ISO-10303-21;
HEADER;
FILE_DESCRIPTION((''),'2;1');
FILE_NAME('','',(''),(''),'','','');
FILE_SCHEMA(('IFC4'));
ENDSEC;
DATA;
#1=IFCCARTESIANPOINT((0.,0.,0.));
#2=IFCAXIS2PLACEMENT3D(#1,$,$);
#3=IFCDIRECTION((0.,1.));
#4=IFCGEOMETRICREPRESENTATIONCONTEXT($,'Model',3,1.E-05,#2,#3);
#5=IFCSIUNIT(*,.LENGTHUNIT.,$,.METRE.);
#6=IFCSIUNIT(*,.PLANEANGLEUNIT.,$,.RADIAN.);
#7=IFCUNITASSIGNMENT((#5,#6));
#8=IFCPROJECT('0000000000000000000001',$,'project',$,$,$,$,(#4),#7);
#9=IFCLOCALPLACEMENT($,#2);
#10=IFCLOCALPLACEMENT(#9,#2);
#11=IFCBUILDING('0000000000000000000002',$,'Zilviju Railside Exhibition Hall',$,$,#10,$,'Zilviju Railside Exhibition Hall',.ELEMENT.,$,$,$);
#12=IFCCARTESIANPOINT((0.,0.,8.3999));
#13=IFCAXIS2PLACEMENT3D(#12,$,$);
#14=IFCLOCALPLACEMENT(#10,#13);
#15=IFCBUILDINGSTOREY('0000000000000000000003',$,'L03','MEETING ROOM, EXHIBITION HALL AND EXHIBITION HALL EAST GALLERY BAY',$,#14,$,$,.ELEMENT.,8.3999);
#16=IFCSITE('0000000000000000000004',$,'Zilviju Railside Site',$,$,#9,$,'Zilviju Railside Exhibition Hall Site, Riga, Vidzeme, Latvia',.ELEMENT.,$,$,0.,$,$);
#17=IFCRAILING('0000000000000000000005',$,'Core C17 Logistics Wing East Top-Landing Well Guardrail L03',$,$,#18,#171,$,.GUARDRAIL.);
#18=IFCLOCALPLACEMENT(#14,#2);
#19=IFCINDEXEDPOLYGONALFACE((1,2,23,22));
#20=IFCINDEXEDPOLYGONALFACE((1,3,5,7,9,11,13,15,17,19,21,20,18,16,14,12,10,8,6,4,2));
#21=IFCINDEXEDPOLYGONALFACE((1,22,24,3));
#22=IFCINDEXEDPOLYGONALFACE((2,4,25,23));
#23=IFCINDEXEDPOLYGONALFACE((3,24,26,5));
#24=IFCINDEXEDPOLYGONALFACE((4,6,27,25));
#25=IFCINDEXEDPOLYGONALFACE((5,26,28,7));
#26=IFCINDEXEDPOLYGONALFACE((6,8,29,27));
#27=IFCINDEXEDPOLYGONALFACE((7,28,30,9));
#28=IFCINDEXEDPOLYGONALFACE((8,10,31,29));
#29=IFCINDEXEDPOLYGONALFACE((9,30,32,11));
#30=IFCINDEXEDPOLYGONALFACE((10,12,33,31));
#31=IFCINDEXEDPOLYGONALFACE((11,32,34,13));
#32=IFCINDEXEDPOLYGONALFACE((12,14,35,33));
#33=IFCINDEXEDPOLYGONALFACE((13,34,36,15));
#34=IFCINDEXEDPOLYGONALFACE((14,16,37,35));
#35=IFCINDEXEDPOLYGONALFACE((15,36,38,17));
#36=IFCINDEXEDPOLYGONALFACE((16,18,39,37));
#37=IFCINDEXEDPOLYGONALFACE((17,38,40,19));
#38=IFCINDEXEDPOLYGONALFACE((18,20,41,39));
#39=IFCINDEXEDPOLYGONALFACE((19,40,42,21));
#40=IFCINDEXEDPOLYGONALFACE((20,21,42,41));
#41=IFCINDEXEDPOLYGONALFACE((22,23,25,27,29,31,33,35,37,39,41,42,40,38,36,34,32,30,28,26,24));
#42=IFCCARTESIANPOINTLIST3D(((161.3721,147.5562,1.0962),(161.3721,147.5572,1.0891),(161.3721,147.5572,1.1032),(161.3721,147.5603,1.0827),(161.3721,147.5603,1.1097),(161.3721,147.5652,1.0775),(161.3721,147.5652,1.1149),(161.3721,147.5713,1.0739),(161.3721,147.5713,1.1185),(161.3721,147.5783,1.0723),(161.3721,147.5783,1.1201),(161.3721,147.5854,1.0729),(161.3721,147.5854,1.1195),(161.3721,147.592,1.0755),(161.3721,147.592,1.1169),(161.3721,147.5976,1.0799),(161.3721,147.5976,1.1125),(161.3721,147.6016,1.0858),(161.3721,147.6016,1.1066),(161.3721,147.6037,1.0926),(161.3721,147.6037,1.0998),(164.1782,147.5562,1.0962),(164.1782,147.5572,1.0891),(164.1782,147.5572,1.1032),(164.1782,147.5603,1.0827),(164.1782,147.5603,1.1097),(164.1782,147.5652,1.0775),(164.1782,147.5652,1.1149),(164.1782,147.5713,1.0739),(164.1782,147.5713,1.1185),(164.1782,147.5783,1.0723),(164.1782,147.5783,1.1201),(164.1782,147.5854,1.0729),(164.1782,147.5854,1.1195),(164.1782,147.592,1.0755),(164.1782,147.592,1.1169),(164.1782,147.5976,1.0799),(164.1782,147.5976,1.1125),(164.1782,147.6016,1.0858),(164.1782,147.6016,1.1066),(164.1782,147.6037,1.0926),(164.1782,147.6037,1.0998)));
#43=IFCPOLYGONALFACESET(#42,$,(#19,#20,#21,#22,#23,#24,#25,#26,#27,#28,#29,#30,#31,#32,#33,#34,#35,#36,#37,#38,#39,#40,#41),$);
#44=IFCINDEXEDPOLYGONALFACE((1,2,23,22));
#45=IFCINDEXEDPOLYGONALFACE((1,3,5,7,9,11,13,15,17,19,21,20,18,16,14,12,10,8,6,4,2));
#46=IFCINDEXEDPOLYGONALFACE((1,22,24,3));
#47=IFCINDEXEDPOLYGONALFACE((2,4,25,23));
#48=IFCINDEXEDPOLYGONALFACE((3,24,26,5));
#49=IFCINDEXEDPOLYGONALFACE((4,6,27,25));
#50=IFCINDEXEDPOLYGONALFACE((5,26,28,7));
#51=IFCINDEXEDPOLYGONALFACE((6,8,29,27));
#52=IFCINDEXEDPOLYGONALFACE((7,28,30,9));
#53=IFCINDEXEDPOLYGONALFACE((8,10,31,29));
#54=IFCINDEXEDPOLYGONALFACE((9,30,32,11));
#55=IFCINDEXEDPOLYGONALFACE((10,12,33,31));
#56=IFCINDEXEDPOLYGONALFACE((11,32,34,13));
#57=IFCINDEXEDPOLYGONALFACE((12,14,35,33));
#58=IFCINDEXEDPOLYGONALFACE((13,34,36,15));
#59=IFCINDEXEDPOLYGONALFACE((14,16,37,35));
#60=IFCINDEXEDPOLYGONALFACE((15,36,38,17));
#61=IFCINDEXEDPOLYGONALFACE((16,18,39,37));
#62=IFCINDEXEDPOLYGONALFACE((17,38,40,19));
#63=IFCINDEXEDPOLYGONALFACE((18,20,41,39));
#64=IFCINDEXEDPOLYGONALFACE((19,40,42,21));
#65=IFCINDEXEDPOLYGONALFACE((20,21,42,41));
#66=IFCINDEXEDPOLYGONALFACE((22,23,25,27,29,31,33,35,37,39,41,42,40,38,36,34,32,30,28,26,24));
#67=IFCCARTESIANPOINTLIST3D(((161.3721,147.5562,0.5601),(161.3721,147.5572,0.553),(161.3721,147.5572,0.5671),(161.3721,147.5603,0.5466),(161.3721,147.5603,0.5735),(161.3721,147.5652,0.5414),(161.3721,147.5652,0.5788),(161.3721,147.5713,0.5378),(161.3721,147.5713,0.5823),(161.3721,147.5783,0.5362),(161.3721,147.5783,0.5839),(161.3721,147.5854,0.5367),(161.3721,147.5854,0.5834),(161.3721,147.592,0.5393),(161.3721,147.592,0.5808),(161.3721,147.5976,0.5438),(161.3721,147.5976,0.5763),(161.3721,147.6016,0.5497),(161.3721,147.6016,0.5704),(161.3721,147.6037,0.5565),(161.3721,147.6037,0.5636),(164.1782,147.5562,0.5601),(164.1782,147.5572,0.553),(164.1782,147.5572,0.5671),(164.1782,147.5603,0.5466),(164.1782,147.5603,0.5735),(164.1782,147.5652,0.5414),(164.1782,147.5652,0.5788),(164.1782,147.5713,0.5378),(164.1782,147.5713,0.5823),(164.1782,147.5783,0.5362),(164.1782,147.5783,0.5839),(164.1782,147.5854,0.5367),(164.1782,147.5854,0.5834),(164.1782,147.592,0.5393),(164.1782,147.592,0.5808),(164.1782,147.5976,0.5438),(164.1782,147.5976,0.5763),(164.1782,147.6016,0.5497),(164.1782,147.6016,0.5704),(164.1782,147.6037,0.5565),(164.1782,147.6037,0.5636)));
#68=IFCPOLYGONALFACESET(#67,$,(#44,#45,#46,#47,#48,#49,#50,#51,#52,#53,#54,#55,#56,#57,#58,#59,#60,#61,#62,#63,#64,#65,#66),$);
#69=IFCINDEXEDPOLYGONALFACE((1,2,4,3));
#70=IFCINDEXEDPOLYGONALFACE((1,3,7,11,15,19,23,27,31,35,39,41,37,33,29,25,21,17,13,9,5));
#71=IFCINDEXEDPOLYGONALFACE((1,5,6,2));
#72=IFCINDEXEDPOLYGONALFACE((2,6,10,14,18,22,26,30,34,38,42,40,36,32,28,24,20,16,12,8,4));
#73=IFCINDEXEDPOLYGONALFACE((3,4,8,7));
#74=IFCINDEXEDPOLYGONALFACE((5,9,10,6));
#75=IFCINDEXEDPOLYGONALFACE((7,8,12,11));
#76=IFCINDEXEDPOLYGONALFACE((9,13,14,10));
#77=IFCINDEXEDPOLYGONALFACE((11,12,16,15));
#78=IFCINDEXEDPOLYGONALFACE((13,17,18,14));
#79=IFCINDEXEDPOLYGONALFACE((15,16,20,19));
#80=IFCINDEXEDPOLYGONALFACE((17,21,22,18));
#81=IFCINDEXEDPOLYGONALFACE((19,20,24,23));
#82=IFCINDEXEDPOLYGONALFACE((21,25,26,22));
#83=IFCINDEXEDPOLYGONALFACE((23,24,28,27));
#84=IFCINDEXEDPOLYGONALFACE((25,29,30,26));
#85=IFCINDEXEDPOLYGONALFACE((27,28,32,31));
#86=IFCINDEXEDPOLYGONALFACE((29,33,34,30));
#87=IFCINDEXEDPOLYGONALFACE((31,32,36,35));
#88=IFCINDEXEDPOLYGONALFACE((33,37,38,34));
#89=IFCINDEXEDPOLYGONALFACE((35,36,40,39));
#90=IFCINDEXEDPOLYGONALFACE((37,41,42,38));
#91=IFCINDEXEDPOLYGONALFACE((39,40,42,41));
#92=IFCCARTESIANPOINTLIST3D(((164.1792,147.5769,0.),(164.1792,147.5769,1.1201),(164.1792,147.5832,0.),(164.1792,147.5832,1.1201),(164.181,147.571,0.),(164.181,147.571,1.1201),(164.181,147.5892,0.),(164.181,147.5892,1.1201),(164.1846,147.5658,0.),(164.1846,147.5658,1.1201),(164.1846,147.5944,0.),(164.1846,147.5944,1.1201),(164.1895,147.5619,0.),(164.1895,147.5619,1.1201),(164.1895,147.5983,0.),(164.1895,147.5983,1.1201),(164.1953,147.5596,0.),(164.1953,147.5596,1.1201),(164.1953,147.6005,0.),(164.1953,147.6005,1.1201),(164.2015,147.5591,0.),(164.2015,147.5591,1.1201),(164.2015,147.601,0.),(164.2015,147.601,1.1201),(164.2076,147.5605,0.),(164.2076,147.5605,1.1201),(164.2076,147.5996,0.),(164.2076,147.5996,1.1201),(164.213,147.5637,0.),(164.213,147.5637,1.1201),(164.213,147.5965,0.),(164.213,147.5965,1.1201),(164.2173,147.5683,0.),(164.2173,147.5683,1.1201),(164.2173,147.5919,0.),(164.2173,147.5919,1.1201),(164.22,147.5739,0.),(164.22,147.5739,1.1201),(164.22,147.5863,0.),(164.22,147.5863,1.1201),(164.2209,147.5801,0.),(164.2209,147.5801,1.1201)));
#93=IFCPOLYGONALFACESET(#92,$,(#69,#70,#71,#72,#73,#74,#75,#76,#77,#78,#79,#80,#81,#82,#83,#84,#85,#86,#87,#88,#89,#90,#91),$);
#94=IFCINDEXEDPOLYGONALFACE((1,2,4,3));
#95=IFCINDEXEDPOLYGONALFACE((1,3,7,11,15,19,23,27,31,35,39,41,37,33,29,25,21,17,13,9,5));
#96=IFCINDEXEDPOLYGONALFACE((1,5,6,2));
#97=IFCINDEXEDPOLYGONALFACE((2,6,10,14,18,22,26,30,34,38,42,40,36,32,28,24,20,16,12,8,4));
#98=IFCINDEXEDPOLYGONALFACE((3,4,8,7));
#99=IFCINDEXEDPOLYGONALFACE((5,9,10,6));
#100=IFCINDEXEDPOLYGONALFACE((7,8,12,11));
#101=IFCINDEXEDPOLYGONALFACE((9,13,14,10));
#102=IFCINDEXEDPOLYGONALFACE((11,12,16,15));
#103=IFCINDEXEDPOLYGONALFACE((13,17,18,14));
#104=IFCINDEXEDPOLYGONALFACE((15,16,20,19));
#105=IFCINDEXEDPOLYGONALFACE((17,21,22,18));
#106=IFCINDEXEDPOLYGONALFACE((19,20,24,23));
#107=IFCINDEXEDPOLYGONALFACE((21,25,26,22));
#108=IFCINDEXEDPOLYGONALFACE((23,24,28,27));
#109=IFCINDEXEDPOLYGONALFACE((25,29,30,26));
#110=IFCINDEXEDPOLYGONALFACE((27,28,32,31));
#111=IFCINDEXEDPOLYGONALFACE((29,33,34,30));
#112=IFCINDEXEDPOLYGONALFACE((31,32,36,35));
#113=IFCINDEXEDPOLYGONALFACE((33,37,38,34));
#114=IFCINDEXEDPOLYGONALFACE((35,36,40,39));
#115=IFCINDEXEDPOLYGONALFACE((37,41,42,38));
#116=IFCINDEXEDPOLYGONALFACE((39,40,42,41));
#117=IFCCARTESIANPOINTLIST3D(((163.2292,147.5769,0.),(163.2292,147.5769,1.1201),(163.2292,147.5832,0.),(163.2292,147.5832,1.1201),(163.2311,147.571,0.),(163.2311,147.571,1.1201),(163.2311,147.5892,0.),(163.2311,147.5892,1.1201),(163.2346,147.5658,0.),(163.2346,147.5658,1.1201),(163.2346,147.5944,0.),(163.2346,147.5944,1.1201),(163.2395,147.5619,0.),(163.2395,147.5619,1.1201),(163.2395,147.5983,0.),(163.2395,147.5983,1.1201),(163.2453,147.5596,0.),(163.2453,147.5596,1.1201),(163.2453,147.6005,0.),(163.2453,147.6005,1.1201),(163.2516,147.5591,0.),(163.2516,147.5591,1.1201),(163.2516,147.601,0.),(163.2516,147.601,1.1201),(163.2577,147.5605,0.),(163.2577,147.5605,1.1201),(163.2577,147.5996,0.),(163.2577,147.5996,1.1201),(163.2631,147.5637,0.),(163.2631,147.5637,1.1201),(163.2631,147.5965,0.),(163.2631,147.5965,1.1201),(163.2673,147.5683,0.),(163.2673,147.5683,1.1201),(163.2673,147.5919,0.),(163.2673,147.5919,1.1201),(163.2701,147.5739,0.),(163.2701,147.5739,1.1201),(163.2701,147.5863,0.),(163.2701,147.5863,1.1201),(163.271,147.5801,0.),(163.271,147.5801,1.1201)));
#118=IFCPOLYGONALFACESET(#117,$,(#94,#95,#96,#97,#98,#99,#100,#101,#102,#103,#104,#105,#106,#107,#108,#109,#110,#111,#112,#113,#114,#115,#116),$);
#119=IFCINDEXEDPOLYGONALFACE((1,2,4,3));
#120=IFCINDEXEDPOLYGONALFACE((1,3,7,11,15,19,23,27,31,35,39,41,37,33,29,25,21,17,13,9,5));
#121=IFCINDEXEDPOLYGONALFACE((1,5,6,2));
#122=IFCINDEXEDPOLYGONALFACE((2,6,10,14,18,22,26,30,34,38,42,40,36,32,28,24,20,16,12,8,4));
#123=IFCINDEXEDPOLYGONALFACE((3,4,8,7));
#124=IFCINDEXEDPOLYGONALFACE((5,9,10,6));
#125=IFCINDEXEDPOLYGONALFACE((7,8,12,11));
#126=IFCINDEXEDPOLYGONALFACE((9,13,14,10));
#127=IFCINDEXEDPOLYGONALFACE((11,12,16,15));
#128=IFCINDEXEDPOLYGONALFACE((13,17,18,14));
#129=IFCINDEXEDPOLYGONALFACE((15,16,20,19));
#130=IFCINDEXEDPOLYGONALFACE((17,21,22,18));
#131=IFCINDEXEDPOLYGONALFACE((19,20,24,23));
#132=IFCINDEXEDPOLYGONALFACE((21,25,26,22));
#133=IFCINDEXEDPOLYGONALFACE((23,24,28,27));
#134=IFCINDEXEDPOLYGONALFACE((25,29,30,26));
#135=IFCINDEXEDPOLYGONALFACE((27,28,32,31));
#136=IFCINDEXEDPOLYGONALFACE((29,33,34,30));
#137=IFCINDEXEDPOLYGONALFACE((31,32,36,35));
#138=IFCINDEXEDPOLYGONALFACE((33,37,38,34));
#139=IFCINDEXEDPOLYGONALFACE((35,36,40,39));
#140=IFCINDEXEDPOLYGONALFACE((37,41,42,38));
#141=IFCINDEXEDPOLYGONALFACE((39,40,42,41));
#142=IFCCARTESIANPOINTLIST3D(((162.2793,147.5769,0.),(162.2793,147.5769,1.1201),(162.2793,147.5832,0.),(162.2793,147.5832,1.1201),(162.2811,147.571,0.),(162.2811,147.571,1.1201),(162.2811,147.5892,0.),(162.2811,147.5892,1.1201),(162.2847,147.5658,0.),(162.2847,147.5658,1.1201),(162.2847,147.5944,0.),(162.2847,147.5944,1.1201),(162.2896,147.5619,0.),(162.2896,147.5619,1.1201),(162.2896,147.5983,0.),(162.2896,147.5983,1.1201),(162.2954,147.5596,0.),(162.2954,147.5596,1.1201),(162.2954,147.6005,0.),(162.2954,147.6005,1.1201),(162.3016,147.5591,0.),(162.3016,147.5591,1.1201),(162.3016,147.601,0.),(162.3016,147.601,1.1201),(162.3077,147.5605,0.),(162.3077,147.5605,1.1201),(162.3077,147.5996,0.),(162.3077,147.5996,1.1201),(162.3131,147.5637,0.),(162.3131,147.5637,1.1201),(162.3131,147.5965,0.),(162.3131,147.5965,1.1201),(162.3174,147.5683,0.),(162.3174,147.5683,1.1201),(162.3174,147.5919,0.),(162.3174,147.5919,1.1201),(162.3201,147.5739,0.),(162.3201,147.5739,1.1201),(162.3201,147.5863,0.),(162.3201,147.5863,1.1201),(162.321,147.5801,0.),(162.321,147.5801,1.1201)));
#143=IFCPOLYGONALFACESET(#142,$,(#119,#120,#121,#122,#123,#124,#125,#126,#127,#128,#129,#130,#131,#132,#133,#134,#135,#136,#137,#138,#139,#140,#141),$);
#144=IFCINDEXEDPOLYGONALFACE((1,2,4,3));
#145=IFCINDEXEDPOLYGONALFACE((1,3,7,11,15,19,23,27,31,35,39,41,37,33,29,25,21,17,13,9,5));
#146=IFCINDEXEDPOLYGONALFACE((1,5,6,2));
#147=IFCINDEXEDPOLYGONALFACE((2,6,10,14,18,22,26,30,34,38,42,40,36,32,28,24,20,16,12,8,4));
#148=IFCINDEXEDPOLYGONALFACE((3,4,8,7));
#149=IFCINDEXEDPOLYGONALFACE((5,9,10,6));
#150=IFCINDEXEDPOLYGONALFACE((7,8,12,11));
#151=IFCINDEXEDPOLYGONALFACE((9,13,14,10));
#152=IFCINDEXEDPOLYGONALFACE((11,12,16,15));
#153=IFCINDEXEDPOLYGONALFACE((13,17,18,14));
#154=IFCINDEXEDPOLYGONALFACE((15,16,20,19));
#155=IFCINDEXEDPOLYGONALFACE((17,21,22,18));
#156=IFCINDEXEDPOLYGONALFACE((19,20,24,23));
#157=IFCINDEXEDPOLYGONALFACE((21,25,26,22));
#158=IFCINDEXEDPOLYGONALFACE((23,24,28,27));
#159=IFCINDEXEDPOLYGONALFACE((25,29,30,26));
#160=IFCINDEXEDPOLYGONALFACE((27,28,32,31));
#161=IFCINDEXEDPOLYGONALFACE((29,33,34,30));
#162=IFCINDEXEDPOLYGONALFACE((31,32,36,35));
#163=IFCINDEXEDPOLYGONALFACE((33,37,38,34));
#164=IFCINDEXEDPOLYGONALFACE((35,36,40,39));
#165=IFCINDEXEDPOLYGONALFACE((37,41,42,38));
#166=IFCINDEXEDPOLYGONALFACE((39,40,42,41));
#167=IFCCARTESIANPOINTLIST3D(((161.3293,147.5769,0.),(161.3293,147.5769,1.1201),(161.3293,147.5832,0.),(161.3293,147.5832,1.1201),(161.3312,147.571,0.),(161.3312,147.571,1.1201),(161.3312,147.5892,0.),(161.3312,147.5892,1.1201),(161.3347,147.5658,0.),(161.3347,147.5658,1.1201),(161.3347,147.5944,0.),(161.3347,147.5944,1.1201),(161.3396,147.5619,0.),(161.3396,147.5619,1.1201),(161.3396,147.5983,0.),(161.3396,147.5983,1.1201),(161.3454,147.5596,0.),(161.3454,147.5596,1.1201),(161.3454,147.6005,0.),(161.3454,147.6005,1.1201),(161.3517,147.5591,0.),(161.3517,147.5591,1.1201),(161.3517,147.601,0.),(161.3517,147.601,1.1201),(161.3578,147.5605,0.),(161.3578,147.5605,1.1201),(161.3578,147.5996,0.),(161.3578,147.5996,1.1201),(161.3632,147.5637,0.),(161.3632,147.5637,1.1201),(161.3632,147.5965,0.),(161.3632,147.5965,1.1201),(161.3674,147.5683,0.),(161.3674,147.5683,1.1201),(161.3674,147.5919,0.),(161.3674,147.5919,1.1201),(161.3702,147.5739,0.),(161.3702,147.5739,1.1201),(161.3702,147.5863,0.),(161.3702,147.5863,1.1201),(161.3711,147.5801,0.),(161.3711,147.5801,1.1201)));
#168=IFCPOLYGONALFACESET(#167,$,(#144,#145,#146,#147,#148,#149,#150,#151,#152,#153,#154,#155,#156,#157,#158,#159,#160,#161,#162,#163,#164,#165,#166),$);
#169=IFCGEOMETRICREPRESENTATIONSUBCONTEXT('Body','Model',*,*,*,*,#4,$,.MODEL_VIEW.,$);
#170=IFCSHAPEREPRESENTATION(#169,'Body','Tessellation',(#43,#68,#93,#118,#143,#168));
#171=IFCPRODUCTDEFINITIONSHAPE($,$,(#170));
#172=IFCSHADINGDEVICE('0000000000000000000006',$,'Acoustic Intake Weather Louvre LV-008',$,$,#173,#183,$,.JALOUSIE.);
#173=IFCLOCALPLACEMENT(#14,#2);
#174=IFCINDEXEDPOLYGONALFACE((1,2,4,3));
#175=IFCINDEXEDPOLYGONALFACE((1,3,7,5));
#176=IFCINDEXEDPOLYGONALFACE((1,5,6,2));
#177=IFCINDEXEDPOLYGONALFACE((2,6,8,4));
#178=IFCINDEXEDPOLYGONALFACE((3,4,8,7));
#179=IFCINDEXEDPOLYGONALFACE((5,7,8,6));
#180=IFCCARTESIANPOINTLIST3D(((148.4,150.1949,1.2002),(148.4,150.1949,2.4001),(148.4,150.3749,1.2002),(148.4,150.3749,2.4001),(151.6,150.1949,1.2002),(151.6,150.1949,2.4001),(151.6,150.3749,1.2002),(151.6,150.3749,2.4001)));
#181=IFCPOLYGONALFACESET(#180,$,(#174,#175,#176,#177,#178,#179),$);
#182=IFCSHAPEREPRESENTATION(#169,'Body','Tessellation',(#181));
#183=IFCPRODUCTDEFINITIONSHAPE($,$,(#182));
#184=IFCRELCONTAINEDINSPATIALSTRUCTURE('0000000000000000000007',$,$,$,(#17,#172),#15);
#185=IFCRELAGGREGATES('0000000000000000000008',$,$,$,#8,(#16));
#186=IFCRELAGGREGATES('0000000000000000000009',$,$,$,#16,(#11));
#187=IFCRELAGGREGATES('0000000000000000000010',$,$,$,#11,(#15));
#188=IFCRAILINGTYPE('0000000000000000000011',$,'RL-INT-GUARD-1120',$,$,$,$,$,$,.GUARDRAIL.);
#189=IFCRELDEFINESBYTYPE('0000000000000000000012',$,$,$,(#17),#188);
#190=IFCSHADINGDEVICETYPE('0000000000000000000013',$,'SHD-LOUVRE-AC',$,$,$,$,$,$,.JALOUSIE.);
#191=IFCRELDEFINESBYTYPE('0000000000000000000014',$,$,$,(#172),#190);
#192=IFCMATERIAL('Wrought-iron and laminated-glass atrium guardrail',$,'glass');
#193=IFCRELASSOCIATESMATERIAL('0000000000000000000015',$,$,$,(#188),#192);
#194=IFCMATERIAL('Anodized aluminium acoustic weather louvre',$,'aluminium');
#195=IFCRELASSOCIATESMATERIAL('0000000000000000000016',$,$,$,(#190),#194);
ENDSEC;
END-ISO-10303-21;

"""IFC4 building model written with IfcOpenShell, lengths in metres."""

from ifc_helpers import new_model, si_unit, direction, frame, origin, origin_2d, place, context, subcontext, project, spatial, rectangle, circle, extrude, material, type_object, element, save


model = new_model("IFC4")

# Units and contexts
model_context = context("Model", 3, precision=1e-05, world=origin(), true_north=direction((0.0, 1.0)))
body_context = subcontext(model_context, "Body", "Model", "MODEL_VIEW")
ifc_project = project(units=[si_unit("LENGTHUNIT", "METRE"), si_unit("PLANEANGLEUNIT", "RADIAN")], contexts=[model_context])

# Site, building, storey
site_placement = place(None, origin())
site = spatial("IfcSite", under=ifc_project, at=site_placement, Name="Zilviju Railside Site", LongName="Zilviju Railside Exhibition Hall Site, Riga, Vidzeme, Latvia", CompositionType="ELEMENT", RefElevation=0.0)
building_placement = place(site_placement, origin())
building = spatial("IfcBuilding", under=site, at=building_placement, Name="Zilviju Railside Exhibition Hall", LongName="Zilviju Railside Exhibition Hall", CompositionType="ELEMENT")
storey_placement = place(building_placement, frame((0.0, 0.0, 8.3999)))
storey = spatial("IfcBuildingStorey", under=building, at=storey_placement, Name="L03", Description="MEETING ROOM, EXHIBITION HALL AND EXHIBITION HALL EAST GALLERY BAY", CompositionType="ELEMENT", Elevation=8.3999)

# Railing
ifc_material_1 = material(Name="Wrought-iron and laminated-glass atrium guardrail", Category="glass")
railing_type = type_object("IfcRailingType", Name="RL-INT-GUARD-1120", PredefinedType="GUARDRAIL", material=ifc_material_1)
railing_placement = place(storey_placement, frame((164.2, 147.5801, 0.0)))
element("IfcRailing", 1, at=railing_placement, inside=storey, type_object=railing_type, Name="Core C17 Logistics Wing East Top-Landing Well Guardrail L03", PredefinedType="GUARDRAIL", context=body_context, shape_type="SweptSolid", body=[
    extrude(circle(Radius=0.0239, at=origin_2d()), frame((-0.0217, 0.0, 1.0962), z_axis=(-1.0, 0.0, 0.0), x_axis=(0.0, -1.0, 0.0)), (0.0, 0.0, 1.0), 2.8062),
    extrude(circle(Radius=0.0239, at=origin_2d()), frame((-0.0217, 0.0, 0.5601), z_axis=(-1.0, 0.0, 0.0), x_axis=(0.0, -1.0, 0.0)), (0.0, 0.0, 1.0), 2.8062),
    extrude(circle(Radius=0.021, at=origin_2d()), origin(), (0.0, 0.0, 1.0), 1.1201),
    extrude(circle(Radius=0.021, at=origin_2d()), frame((-0.95, 0.0, 0.0)), (0.0, 0.0, 1.0), 1.1201),
    extrude(circle(Radius=0.021, at=origin_2d()), frame((-1.8999, 0.0, 0.0)), (0.0, 0.0, 1.0), 1.1201),
    extrude(circle(Radius=0.021, at=origin_2d()), frame((-2.8499, 0.0, 0.0)), (0.0, 0.0, 1.0), 1.1201),
])

# Shading device
ifc_material_2 = material(Name="Anodized aluminium acoustic weather louvre", Category="aluminium")
shading_device_type = type_object("IfcShadingDeviceType", Name="SHD-LOUVRE-AC", PredefinedType="JALOUSIE", material=ifc_material_2)
shading_device_placement = place(storey_placement, frame((150.0, 150.2849, 1.2002), z_axis=(0.0, 0.0, 1.0), x_axis=(1.0, 0.0, 0.0)))
element("IfcShadingDevice", 2, at=shading_device_placement, inside=storey, type_object=shading_device_type, Name="Acoustic Intake Weather Louvre LV-008", PredefinedType="JALOUSIE", context=body_context, shape_type="SweptSolid", body=[
    extrude(rectangle(XDim=3.2, YDim=0.1799, at=origin_2d()), origin(), (0.0, 0.0, 1.0), 1.2),
])

save(model, "model.ifc")
